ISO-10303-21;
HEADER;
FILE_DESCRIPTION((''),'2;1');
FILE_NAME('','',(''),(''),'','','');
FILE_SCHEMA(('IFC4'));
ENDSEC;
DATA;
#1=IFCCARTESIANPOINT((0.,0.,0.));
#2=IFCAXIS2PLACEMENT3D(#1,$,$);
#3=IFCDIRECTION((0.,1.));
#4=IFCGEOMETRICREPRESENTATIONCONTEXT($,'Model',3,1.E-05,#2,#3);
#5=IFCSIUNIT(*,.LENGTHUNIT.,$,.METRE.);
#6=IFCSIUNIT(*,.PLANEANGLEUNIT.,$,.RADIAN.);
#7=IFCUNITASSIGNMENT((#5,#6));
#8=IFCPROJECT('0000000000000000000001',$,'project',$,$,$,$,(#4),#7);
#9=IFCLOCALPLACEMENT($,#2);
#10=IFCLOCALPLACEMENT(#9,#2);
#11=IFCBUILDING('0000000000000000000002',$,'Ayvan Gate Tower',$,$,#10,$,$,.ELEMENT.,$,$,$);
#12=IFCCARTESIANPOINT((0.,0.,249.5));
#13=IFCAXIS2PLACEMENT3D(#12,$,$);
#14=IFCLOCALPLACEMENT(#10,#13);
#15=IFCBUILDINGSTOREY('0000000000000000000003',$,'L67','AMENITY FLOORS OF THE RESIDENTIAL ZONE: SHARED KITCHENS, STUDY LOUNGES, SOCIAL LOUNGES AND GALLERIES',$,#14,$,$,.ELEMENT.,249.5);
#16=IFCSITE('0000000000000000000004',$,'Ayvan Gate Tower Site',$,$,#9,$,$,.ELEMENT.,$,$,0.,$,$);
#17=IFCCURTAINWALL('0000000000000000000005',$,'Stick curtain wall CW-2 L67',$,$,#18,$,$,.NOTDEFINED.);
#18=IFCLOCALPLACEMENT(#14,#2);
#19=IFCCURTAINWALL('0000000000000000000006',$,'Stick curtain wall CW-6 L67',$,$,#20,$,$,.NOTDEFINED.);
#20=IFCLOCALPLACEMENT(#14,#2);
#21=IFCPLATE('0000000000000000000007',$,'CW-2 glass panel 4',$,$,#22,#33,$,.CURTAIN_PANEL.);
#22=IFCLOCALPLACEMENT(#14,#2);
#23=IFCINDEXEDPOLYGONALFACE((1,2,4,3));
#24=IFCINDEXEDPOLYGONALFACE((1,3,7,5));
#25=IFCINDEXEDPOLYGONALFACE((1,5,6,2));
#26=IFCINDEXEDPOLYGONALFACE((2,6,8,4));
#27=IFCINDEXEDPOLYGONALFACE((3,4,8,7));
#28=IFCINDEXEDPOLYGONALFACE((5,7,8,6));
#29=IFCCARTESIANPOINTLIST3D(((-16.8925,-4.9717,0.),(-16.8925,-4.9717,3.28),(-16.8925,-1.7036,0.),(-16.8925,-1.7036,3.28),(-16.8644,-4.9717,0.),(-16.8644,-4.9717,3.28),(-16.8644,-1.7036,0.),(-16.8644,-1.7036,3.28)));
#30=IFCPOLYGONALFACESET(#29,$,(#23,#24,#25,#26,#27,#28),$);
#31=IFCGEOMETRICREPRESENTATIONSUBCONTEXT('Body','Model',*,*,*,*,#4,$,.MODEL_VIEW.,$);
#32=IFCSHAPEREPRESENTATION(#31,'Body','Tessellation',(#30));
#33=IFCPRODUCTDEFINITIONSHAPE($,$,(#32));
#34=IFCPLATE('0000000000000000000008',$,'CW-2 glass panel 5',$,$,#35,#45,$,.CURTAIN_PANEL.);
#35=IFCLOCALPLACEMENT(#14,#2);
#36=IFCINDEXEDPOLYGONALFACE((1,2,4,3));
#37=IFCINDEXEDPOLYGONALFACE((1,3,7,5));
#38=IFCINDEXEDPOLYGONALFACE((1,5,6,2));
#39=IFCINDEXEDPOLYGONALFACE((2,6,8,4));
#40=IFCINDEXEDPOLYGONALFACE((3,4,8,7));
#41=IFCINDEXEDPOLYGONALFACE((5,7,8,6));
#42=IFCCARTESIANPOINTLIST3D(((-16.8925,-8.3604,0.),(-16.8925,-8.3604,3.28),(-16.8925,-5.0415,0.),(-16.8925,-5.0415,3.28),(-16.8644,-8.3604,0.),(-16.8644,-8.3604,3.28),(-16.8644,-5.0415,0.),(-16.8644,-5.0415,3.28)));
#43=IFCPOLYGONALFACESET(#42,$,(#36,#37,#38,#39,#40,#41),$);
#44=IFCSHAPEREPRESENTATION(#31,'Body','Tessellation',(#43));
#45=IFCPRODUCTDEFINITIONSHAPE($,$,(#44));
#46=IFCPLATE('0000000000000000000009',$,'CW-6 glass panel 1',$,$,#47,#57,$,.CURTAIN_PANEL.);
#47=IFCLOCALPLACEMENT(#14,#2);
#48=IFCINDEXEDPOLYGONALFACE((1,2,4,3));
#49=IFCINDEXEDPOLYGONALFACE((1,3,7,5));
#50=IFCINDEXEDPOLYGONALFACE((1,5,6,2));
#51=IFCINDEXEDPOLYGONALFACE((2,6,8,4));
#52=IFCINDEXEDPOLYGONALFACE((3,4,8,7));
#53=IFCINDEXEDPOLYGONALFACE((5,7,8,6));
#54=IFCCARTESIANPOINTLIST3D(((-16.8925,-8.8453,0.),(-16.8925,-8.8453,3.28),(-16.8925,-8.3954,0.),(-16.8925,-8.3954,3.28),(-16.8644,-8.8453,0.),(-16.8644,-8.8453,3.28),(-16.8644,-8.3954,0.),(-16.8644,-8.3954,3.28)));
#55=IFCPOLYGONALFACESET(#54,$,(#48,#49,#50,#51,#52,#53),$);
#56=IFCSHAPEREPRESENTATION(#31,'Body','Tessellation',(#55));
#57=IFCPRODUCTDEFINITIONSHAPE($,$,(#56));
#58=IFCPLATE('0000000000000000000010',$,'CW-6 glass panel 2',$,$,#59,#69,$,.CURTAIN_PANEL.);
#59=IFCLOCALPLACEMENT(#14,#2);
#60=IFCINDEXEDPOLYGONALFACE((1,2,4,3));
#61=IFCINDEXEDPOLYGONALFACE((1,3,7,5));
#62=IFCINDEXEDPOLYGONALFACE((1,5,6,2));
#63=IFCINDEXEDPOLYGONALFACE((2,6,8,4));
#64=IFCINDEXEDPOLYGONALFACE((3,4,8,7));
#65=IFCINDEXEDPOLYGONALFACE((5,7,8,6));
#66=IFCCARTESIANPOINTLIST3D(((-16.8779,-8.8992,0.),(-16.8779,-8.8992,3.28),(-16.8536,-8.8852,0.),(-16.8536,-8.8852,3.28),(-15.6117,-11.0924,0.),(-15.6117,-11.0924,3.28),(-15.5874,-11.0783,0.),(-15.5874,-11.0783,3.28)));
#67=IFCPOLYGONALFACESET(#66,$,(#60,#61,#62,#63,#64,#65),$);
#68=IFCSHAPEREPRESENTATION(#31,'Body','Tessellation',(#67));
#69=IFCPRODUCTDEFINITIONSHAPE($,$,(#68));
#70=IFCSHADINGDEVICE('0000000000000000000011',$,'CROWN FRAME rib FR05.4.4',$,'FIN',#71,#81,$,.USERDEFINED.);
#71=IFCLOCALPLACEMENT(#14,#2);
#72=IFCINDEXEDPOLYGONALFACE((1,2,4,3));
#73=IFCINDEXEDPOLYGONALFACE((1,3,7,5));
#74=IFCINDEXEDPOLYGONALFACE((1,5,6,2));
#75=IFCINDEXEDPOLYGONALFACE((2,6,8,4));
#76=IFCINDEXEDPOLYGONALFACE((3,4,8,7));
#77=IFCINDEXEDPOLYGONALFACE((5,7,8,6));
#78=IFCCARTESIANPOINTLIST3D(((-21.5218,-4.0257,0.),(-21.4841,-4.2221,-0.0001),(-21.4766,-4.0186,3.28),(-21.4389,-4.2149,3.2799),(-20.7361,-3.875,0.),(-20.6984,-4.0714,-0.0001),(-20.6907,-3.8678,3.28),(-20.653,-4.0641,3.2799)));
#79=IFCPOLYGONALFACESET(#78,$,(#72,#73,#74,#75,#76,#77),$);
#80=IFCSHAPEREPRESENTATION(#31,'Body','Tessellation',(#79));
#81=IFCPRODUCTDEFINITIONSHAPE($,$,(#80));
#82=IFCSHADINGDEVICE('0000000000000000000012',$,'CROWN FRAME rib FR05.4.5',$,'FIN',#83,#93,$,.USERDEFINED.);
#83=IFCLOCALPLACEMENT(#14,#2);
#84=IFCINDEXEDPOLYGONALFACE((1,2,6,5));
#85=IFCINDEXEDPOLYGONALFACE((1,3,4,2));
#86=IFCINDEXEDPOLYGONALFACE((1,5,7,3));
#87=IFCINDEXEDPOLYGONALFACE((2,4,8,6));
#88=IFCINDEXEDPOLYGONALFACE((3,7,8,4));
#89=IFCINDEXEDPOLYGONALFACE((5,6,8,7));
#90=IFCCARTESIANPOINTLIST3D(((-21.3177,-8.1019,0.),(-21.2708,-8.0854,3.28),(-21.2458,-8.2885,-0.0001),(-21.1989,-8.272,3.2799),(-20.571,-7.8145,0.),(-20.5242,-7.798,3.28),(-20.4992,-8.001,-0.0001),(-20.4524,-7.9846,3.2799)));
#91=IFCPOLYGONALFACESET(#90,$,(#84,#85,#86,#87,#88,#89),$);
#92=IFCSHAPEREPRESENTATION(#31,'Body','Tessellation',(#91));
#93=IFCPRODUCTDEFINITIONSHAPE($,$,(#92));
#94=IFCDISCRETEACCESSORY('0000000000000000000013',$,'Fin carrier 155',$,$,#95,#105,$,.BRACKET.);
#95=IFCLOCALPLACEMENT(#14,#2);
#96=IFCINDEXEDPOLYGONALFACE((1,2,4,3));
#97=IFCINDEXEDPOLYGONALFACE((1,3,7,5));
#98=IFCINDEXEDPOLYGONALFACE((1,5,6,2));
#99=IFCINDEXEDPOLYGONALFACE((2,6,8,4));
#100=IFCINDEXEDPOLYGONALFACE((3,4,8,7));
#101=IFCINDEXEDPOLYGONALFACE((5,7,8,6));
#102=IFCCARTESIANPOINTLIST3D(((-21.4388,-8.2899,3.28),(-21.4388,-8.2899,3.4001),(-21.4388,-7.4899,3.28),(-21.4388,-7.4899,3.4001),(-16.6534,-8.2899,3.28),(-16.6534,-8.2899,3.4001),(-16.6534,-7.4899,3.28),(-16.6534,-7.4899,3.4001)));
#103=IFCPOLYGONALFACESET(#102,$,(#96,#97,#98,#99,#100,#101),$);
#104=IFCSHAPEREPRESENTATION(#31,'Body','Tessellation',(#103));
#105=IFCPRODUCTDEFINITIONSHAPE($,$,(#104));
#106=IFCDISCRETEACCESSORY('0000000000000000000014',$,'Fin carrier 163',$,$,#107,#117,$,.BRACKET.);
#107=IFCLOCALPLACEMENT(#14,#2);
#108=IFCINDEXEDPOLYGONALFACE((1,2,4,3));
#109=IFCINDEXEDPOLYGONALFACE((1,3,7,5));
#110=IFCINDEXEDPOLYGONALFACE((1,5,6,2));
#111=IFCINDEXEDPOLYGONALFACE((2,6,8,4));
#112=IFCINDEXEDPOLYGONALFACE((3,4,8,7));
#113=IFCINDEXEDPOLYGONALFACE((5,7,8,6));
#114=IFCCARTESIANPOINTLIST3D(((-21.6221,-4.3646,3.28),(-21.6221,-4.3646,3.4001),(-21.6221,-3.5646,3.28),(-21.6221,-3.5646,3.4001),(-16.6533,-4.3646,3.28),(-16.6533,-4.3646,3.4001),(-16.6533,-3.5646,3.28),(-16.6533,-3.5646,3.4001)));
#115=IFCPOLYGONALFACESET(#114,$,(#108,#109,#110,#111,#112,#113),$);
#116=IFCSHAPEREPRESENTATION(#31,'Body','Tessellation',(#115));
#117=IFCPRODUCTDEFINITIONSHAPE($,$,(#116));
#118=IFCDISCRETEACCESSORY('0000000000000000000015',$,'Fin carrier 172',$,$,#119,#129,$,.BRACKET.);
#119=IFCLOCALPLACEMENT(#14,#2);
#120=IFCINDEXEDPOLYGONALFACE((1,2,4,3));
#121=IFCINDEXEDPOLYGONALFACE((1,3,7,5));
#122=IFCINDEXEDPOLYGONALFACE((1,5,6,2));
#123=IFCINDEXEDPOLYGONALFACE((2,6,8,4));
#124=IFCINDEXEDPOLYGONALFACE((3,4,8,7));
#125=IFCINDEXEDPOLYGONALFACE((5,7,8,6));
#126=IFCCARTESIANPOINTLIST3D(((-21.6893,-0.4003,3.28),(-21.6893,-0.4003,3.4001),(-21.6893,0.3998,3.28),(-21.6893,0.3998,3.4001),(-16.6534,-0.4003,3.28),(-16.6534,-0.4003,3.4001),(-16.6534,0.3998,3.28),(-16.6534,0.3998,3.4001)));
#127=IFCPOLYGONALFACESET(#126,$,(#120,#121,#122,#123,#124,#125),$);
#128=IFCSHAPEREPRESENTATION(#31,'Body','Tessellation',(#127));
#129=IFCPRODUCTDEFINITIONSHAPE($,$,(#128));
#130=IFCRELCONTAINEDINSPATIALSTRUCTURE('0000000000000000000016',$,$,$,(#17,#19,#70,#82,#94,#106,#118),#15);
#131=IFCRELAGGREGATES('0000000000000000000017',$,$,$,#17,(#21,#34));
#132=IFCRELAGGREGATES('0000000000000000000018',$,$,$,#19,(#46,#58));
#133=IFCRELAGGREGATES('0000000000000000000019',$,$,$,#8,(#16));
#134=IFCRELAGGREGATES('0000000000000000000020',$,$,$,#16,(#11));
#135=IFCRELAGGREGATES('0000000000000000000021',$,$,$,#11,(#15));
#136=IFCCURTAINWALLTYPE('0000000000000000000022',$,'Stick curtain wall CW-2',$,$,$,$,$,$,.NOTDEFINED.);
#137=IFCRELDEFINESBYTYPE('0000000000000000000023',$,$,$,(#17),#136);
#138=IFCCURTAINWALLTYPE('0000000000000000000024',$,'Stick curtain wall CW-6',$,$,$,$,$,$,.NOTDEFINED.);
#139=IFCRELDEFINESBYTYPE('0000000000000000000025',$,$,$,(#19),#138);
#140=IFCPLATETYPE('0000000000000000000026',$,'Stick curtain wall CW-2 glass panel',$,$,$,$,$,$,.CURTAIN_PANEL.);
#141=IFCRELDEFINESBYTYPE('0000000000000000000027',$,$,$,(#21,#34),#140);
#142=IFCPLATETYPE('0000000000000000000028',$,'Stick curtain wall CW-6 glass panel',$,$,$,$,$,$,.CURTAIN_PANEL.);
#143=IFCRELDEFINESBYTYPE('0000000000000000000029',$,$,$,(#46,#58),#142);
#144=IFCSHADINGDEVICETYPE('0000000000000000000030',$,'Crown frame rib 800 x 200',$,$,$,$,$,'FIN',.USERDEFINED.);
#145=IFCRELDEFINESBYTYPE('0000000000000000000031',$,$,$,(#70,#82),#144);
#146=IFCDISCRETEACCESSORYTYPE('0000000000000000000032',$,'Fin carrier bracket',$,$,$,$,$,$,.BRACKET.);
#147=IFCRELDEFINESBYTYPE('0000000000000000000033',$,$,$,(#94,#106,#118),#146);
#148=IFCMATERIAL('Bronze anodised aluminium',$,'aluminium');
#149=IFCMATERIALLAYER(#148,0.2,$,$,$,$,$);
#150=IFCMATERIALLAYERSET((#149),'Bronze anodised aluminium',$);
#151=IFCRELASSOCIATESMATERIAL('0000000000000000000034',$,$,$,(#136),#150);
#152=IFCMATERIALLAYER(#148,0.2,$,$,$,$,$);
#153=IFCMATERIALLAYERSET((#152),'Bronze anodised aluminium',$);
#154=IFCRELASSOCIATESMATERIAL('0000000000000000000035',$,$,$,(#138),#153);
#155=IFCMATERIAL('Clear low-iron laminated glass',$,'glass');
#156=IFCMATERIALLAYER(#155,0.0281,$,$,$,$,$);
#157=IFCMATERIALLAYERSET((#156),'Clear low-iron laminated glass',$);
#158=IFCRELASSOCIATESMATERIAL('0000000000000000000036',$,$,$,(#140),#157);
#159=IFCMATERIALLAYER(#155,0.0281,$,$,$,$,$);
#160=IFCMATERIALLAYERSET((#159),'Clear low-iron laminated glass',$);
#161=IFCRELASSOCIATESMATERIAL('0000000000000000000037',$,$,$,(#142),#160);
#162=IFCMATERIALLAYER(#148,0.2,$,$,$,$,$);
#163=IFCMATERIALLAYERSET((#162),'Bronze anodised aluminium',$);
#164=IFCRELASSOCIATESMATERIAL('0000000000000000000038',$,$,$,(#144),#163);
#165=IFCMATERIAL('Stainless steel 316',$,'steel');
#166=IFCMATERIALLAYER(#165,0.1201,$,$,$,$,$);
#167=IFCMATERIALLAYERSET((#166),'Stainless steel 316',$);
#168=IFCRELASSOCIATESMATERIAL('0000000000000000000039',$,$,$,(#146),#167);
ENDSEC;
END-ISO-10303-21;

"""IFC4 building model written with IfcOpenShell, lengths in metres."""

from ifc_helpers import new_model, si_unit, direction, frame, origin, origin_2d, place, context, subcontext, project, spatial, polyline, rectangle, outline, extrude, material, layer, layer_set, type_object, element, aggregate, save


model = new_model("IFC4")

# Units and contexts
model_context = context("Model", 3, precision=1e-05, world=origin(), true_north=direction((0.0, 1.0)))
body_context = subcontext(model_context, "Body", "Model", "MODEL_VIEW")
ifc_project = project(units=[si_unit("LENGTHUNIT", "METRE"), si_unit("PLANEANGLEUNIT", "RADIAN")], contexts=[model_context])

# Site, building, storey
site_placement = place(None, origin())
site = spatial("IfcSite", under=ifc_project, at=site_placement, Name="Ayvan Gate Tower Site", CompositionType="ELEMENT", RefElevation=0.0)
building_placement = place(site_placement, origin())
building = spatial("IfcBuilding", under=site, at=building_placement, Name="Ayvan Gate Tower", CompositionType="ELEMENT")
storey_placement = place(building_placement, frame((0.0, 0.0, 249.5)))
storey = spatial("IfcBuildingStorey", under=building, at=storey_placement, Name="L67", Description="AMENITY FLOORS OF THE RESIDENTIAL ZONE: SHARED KITCHENS, STUDY LOUNGES, SOCIAL LOUNGES AND GALLERIES", CompositionType="ELEMENT", Elevation=249.5)

# Curtain walls
ifc_material_1 = material(Name="Bronze anodised aluminium", Category="aluminium")
ifc_layer_1 = layer(ifc_material_1, 0.2)
ifc_layer_set_1 = layer_set([ifc_layer_1], Name="Bronze anodised aluminium")
curtain_wall_type_1 = type_object("IfcCurtainWallType", Name="Stick curtain wall CW-2", PredefinedType="NOTDEFINED", material=ifc_layer_set_1)
curtain_wall_1_placement = place(storey_placement, origin())
curtain_wall_1 = element("IfcCurtainWall", 1, at=curtain_wall_1_placement, inside=storey, type_object=curtain_wall_type_1, Name="Stick curtain wall CW-2 L67", PredefinedType="NOTDEFINED")
ifc_layer_2 = layer(ifc_material_1, 0.2)
ifc_layer_set_2 = layer_set([ifc_layer_2], Name="Bronze anodised aluminium")
curtain_wall_type_2 = type_object("IfcCurtainWallType", Name="Stick curtain wall CW-6", PredefinedType="NOTDEFINED", material=ifc_layer_set_2)
curtain_wall_2_placement = place(storey_placement, origin())
curtain_wall_2 = element("IfcCurtainWall", 2, at=curtain_wall_2_placement, inside=storey, type_object=curtain_wall_type_2, Name="Stick curtain wall CW-6 L67", PredefinedType="NOTDEFINED")

# Plates
ifc_material_2 = material(Name="Clear low-iron laminated glass", Category="glass")
ifc_layer_3 = layer(ifc_material_2, 0.0281)
ifc_layer_set_3 = layer_set([ifc_layer_3], Name="Clear low-iron laminated glass")
plate_type_1 = type_object("IfcPlateType", Name="Stick curtain wall CW-2 glass panel", PredefinedType="CURTAIN_PANEL", material=ifc_layer_set_3)
plate_1_placement = place(storey_placement, frame((-16.8784, -3.3376, 0.0), z_axis=(0.0, 0.0, 1.0), x_axis=(0.0, -1.0, 0.0)))
plate_1 = element("IfcPlate", 3, at=plate_1_placement, type_object=plate_type_1, Name="CW-2 glass panel 4", PredefinedType="CURTAIN_PANEL", context=body_context, shape_type="SweptSolid", body=[
    extrude(rectangle(XDim=3.2681, YDim=0.0281, at=origin_2d()), origin(), (0.0, 0.0, 1.0), 3.28),
])
plate_2_placement = place(storey_placement, frame((-16.8784, -6.7009, 0.0), z_axis=(0.0, 0.0, 1.0), x_axis=(0.0, -1.0, 0.0)))
plate_2 = element("IfcPlate", 4, at=plate_2_placement, type_object=plate_type_1, Name="CW-2 glass panel 5", PredefinedType="CURTAIN_PANEL", context=body_context, shape_type="SweptSolid", body=[
    extrude(rectangle(XDim=3.3188, YDim=0.0281, at=origin_2d()), origin(), (0.0, 0.0, 1.0), 3.28),
])
aggregate(curtain_wall_1, [plate_1, plate_2])
ifc_layer_4 = layer(ifc_material_2, 0.0281)
ifc_layer_set_4 = layer_set([ifc_layer_4], Name="Clear low-iron laminated glass")
plate_type_2 = type_object("IfcPlateType", Name="Stick curtain wall CW-6 glass panel", PredefinedType="CURTAIN_PANEL", material=ifc_layer_set_4)
plate_3_placement = place(storey_placement, frame((-16.8784, -8.6204, 0.0), z_axis=(0.0, 0.0, 1.0), x_axis=(0.0, -1.0, 0.0)))
plate_3 = element("IfcPlate", 5, at=plate_3_placement, type_object=plate_type_2, Name="CW-6 glass panel 1", PredefinedType="CURTAIN_PANEL", context=body_context, shape_type="SweptSolid", body=[
    extrude(rectangle(XDim=0.45, YDim=0.0281, at=origin_2d()), origin(), (0.0, 0.0, 1.0), 3.28),
])
plate_4_placement = place(storey_placement, frame((-16.2327, -9.9888, 0.0), z_axis=(0.0, 0.0, 1.0), x_axis=(0.5, -0.866025, 0.0)))
plate_4 = element("IfcPlate", 6, at=plate_4_placement, type_object=plate_type_2, Name="CW-6 glass panel 2", PredefinedType="CURTAIN_PANEL", context=body_context, shape_type="SweptSolid", body=[
    extrude(rectangle(XDim=2.5325, YDim=0.0281, at=origin_2d()), origin(), (0.0, 0.0, 1.0), 3.28),
])
aggregate(curtain_wall_2, [plate_3, plate_4])

# Shading devices
ifc_layer_5 = layer(ifc_material_1, 0.2)
ifc_layer_set_5 = layer_set([ifc_layer_5], Name="Bronze anodised aluminium")
shading_device_type = type_object("IfcShadingDeviceType", Name="Crown frame rib 800 x 200", ElementType="FIN", PredefinedType="USERDEFINED", material=ifc_layer_set_5)
shading_device_1_placement = place(storey_placement, frame((-20.7361, -3.875, 0.0), z_axis=(-0.188423, 0.982088, 0.000445), x_axis=(-0.982088, -0.188423, 0.0)))
element("IfcShadingDevice", 7, at=shading_device_1_placement, inside=storey, type_object=shading_device_type, Name="CROWN FRAME rib FR05.4.4", ObjectType="FIN", PredefinedType="USERDEFINED", context=body_context, shape_type="SweptSolid", body=[
    extrude(outline(polyline([(0.0, 0.0), (0.8, 0.0), (0.7543, 3.28), (-0.0459, 3.28), (0.0, 0.0)])), origin(), (0.0, 0.0, -1.0), 0.2),
])
shading_device_2_placement = place(storey_placement, frame((-20.571, -7.8145, 0.0), z_axis=(-0.359337, 0.933208, 0.000447), x_axis=(-0.933208, -0.359337, 0.0)))
element("IfcShadingDevice", 8, at=shading_device_2_placement, inside=storey, type_object=shading_device_type, Name="CROWN FRAME rib FR05.4.5", ObjectType="FIN", PredefinedType="USERDEFINED", context=body_context, shape_type="SweptSolid", body=[
    extrude(outline(polyline([(0.0, 0.0), (0.8001, 0.0), (0.7504, 3.28), (-0.0496, 3.28), (0.0, 0.0)])), origin(), (0.0, 0.0, -1.0), 0.2),
])

# Discrete accessories
ifc_material_3 = material(Name="Stainless steel 316", Category="steel")
ifc_layer_6 = layer(ifc_material_3, 0.1201)
ifc_layer_set_6 = layer_set([ifc_layer_6], Name="Stainless steel 316")
discrete_accessory_type = type_object("IfcDiscreteAccessoryType", Name="Fin carrier bracket", PredefinedType="BRACKET", material=ifc_layer_set_6)
discrete_accessory_1_placement = place(storey_placement, frame((-19.0461, -7.8899, 3.28), z_axis=(0.0, 0.0, 1.0), x_axis=(0.0, -1.0, 0.0)))
element("IfcDiscreteAccessory", 9, at=discrete_accessory_1_placement, inside=storey, type_object=discrete_accessory_type, Name="Fin carrier 155", PredefinedType="BRACKET", context=body_context, shape_type="SweptSolid", body=[
    extrude(rectangle(XDim=0.8, YDim=4.7854, at=origin_2d()), origin(), (0.0, 0.0, 1.0), 0.1201),
])
discrete_accessory_2_placement = place(storey_placement, frame((-19.1377, -3.9646, 3.28), z_axis=(0.0, 0.0, 1.0), x_axis=(0.0, -1.0, 0.0)))
element("IfcDiscreteAccessory", 10, at=discrete_accessory_2_placement, inside=storey, type_object=discrete_accessory_type, Name="Fin carrier 163", PredefinedType="BRACKET", context=body_context, shape_type="SweptSolid", body=[
    extrude(rectangle(XDim=0.8, YDim=4.9688, at=origin_2d()), origin(), (0.0, 0.0, 1.0), 0.1201),
])
discrete_accessory_3_placement = place(storey_placement, frame((-19.1714, -0.0002, 3.28), z_axis=(0.0, 0.0, 1.0), x_axis=(0.0, -1.0, 0.0)))
element("IfcDiscreteAccessory", 11, at=discrete_accessory_3_placement, inside=storey, type_object=discrete_accessory_type, Name="Fin carrier 172", PredefinedType="BRACKET", context=body_context, shape_type="SweptSolid", body=[
    extrude(rectangle(XDim=0.8, YDim=5.0359, at=origin_2d()), origin(), (0.0, 0.0, 1.0), 0.1201),
])

save(model, "model.ifc")
